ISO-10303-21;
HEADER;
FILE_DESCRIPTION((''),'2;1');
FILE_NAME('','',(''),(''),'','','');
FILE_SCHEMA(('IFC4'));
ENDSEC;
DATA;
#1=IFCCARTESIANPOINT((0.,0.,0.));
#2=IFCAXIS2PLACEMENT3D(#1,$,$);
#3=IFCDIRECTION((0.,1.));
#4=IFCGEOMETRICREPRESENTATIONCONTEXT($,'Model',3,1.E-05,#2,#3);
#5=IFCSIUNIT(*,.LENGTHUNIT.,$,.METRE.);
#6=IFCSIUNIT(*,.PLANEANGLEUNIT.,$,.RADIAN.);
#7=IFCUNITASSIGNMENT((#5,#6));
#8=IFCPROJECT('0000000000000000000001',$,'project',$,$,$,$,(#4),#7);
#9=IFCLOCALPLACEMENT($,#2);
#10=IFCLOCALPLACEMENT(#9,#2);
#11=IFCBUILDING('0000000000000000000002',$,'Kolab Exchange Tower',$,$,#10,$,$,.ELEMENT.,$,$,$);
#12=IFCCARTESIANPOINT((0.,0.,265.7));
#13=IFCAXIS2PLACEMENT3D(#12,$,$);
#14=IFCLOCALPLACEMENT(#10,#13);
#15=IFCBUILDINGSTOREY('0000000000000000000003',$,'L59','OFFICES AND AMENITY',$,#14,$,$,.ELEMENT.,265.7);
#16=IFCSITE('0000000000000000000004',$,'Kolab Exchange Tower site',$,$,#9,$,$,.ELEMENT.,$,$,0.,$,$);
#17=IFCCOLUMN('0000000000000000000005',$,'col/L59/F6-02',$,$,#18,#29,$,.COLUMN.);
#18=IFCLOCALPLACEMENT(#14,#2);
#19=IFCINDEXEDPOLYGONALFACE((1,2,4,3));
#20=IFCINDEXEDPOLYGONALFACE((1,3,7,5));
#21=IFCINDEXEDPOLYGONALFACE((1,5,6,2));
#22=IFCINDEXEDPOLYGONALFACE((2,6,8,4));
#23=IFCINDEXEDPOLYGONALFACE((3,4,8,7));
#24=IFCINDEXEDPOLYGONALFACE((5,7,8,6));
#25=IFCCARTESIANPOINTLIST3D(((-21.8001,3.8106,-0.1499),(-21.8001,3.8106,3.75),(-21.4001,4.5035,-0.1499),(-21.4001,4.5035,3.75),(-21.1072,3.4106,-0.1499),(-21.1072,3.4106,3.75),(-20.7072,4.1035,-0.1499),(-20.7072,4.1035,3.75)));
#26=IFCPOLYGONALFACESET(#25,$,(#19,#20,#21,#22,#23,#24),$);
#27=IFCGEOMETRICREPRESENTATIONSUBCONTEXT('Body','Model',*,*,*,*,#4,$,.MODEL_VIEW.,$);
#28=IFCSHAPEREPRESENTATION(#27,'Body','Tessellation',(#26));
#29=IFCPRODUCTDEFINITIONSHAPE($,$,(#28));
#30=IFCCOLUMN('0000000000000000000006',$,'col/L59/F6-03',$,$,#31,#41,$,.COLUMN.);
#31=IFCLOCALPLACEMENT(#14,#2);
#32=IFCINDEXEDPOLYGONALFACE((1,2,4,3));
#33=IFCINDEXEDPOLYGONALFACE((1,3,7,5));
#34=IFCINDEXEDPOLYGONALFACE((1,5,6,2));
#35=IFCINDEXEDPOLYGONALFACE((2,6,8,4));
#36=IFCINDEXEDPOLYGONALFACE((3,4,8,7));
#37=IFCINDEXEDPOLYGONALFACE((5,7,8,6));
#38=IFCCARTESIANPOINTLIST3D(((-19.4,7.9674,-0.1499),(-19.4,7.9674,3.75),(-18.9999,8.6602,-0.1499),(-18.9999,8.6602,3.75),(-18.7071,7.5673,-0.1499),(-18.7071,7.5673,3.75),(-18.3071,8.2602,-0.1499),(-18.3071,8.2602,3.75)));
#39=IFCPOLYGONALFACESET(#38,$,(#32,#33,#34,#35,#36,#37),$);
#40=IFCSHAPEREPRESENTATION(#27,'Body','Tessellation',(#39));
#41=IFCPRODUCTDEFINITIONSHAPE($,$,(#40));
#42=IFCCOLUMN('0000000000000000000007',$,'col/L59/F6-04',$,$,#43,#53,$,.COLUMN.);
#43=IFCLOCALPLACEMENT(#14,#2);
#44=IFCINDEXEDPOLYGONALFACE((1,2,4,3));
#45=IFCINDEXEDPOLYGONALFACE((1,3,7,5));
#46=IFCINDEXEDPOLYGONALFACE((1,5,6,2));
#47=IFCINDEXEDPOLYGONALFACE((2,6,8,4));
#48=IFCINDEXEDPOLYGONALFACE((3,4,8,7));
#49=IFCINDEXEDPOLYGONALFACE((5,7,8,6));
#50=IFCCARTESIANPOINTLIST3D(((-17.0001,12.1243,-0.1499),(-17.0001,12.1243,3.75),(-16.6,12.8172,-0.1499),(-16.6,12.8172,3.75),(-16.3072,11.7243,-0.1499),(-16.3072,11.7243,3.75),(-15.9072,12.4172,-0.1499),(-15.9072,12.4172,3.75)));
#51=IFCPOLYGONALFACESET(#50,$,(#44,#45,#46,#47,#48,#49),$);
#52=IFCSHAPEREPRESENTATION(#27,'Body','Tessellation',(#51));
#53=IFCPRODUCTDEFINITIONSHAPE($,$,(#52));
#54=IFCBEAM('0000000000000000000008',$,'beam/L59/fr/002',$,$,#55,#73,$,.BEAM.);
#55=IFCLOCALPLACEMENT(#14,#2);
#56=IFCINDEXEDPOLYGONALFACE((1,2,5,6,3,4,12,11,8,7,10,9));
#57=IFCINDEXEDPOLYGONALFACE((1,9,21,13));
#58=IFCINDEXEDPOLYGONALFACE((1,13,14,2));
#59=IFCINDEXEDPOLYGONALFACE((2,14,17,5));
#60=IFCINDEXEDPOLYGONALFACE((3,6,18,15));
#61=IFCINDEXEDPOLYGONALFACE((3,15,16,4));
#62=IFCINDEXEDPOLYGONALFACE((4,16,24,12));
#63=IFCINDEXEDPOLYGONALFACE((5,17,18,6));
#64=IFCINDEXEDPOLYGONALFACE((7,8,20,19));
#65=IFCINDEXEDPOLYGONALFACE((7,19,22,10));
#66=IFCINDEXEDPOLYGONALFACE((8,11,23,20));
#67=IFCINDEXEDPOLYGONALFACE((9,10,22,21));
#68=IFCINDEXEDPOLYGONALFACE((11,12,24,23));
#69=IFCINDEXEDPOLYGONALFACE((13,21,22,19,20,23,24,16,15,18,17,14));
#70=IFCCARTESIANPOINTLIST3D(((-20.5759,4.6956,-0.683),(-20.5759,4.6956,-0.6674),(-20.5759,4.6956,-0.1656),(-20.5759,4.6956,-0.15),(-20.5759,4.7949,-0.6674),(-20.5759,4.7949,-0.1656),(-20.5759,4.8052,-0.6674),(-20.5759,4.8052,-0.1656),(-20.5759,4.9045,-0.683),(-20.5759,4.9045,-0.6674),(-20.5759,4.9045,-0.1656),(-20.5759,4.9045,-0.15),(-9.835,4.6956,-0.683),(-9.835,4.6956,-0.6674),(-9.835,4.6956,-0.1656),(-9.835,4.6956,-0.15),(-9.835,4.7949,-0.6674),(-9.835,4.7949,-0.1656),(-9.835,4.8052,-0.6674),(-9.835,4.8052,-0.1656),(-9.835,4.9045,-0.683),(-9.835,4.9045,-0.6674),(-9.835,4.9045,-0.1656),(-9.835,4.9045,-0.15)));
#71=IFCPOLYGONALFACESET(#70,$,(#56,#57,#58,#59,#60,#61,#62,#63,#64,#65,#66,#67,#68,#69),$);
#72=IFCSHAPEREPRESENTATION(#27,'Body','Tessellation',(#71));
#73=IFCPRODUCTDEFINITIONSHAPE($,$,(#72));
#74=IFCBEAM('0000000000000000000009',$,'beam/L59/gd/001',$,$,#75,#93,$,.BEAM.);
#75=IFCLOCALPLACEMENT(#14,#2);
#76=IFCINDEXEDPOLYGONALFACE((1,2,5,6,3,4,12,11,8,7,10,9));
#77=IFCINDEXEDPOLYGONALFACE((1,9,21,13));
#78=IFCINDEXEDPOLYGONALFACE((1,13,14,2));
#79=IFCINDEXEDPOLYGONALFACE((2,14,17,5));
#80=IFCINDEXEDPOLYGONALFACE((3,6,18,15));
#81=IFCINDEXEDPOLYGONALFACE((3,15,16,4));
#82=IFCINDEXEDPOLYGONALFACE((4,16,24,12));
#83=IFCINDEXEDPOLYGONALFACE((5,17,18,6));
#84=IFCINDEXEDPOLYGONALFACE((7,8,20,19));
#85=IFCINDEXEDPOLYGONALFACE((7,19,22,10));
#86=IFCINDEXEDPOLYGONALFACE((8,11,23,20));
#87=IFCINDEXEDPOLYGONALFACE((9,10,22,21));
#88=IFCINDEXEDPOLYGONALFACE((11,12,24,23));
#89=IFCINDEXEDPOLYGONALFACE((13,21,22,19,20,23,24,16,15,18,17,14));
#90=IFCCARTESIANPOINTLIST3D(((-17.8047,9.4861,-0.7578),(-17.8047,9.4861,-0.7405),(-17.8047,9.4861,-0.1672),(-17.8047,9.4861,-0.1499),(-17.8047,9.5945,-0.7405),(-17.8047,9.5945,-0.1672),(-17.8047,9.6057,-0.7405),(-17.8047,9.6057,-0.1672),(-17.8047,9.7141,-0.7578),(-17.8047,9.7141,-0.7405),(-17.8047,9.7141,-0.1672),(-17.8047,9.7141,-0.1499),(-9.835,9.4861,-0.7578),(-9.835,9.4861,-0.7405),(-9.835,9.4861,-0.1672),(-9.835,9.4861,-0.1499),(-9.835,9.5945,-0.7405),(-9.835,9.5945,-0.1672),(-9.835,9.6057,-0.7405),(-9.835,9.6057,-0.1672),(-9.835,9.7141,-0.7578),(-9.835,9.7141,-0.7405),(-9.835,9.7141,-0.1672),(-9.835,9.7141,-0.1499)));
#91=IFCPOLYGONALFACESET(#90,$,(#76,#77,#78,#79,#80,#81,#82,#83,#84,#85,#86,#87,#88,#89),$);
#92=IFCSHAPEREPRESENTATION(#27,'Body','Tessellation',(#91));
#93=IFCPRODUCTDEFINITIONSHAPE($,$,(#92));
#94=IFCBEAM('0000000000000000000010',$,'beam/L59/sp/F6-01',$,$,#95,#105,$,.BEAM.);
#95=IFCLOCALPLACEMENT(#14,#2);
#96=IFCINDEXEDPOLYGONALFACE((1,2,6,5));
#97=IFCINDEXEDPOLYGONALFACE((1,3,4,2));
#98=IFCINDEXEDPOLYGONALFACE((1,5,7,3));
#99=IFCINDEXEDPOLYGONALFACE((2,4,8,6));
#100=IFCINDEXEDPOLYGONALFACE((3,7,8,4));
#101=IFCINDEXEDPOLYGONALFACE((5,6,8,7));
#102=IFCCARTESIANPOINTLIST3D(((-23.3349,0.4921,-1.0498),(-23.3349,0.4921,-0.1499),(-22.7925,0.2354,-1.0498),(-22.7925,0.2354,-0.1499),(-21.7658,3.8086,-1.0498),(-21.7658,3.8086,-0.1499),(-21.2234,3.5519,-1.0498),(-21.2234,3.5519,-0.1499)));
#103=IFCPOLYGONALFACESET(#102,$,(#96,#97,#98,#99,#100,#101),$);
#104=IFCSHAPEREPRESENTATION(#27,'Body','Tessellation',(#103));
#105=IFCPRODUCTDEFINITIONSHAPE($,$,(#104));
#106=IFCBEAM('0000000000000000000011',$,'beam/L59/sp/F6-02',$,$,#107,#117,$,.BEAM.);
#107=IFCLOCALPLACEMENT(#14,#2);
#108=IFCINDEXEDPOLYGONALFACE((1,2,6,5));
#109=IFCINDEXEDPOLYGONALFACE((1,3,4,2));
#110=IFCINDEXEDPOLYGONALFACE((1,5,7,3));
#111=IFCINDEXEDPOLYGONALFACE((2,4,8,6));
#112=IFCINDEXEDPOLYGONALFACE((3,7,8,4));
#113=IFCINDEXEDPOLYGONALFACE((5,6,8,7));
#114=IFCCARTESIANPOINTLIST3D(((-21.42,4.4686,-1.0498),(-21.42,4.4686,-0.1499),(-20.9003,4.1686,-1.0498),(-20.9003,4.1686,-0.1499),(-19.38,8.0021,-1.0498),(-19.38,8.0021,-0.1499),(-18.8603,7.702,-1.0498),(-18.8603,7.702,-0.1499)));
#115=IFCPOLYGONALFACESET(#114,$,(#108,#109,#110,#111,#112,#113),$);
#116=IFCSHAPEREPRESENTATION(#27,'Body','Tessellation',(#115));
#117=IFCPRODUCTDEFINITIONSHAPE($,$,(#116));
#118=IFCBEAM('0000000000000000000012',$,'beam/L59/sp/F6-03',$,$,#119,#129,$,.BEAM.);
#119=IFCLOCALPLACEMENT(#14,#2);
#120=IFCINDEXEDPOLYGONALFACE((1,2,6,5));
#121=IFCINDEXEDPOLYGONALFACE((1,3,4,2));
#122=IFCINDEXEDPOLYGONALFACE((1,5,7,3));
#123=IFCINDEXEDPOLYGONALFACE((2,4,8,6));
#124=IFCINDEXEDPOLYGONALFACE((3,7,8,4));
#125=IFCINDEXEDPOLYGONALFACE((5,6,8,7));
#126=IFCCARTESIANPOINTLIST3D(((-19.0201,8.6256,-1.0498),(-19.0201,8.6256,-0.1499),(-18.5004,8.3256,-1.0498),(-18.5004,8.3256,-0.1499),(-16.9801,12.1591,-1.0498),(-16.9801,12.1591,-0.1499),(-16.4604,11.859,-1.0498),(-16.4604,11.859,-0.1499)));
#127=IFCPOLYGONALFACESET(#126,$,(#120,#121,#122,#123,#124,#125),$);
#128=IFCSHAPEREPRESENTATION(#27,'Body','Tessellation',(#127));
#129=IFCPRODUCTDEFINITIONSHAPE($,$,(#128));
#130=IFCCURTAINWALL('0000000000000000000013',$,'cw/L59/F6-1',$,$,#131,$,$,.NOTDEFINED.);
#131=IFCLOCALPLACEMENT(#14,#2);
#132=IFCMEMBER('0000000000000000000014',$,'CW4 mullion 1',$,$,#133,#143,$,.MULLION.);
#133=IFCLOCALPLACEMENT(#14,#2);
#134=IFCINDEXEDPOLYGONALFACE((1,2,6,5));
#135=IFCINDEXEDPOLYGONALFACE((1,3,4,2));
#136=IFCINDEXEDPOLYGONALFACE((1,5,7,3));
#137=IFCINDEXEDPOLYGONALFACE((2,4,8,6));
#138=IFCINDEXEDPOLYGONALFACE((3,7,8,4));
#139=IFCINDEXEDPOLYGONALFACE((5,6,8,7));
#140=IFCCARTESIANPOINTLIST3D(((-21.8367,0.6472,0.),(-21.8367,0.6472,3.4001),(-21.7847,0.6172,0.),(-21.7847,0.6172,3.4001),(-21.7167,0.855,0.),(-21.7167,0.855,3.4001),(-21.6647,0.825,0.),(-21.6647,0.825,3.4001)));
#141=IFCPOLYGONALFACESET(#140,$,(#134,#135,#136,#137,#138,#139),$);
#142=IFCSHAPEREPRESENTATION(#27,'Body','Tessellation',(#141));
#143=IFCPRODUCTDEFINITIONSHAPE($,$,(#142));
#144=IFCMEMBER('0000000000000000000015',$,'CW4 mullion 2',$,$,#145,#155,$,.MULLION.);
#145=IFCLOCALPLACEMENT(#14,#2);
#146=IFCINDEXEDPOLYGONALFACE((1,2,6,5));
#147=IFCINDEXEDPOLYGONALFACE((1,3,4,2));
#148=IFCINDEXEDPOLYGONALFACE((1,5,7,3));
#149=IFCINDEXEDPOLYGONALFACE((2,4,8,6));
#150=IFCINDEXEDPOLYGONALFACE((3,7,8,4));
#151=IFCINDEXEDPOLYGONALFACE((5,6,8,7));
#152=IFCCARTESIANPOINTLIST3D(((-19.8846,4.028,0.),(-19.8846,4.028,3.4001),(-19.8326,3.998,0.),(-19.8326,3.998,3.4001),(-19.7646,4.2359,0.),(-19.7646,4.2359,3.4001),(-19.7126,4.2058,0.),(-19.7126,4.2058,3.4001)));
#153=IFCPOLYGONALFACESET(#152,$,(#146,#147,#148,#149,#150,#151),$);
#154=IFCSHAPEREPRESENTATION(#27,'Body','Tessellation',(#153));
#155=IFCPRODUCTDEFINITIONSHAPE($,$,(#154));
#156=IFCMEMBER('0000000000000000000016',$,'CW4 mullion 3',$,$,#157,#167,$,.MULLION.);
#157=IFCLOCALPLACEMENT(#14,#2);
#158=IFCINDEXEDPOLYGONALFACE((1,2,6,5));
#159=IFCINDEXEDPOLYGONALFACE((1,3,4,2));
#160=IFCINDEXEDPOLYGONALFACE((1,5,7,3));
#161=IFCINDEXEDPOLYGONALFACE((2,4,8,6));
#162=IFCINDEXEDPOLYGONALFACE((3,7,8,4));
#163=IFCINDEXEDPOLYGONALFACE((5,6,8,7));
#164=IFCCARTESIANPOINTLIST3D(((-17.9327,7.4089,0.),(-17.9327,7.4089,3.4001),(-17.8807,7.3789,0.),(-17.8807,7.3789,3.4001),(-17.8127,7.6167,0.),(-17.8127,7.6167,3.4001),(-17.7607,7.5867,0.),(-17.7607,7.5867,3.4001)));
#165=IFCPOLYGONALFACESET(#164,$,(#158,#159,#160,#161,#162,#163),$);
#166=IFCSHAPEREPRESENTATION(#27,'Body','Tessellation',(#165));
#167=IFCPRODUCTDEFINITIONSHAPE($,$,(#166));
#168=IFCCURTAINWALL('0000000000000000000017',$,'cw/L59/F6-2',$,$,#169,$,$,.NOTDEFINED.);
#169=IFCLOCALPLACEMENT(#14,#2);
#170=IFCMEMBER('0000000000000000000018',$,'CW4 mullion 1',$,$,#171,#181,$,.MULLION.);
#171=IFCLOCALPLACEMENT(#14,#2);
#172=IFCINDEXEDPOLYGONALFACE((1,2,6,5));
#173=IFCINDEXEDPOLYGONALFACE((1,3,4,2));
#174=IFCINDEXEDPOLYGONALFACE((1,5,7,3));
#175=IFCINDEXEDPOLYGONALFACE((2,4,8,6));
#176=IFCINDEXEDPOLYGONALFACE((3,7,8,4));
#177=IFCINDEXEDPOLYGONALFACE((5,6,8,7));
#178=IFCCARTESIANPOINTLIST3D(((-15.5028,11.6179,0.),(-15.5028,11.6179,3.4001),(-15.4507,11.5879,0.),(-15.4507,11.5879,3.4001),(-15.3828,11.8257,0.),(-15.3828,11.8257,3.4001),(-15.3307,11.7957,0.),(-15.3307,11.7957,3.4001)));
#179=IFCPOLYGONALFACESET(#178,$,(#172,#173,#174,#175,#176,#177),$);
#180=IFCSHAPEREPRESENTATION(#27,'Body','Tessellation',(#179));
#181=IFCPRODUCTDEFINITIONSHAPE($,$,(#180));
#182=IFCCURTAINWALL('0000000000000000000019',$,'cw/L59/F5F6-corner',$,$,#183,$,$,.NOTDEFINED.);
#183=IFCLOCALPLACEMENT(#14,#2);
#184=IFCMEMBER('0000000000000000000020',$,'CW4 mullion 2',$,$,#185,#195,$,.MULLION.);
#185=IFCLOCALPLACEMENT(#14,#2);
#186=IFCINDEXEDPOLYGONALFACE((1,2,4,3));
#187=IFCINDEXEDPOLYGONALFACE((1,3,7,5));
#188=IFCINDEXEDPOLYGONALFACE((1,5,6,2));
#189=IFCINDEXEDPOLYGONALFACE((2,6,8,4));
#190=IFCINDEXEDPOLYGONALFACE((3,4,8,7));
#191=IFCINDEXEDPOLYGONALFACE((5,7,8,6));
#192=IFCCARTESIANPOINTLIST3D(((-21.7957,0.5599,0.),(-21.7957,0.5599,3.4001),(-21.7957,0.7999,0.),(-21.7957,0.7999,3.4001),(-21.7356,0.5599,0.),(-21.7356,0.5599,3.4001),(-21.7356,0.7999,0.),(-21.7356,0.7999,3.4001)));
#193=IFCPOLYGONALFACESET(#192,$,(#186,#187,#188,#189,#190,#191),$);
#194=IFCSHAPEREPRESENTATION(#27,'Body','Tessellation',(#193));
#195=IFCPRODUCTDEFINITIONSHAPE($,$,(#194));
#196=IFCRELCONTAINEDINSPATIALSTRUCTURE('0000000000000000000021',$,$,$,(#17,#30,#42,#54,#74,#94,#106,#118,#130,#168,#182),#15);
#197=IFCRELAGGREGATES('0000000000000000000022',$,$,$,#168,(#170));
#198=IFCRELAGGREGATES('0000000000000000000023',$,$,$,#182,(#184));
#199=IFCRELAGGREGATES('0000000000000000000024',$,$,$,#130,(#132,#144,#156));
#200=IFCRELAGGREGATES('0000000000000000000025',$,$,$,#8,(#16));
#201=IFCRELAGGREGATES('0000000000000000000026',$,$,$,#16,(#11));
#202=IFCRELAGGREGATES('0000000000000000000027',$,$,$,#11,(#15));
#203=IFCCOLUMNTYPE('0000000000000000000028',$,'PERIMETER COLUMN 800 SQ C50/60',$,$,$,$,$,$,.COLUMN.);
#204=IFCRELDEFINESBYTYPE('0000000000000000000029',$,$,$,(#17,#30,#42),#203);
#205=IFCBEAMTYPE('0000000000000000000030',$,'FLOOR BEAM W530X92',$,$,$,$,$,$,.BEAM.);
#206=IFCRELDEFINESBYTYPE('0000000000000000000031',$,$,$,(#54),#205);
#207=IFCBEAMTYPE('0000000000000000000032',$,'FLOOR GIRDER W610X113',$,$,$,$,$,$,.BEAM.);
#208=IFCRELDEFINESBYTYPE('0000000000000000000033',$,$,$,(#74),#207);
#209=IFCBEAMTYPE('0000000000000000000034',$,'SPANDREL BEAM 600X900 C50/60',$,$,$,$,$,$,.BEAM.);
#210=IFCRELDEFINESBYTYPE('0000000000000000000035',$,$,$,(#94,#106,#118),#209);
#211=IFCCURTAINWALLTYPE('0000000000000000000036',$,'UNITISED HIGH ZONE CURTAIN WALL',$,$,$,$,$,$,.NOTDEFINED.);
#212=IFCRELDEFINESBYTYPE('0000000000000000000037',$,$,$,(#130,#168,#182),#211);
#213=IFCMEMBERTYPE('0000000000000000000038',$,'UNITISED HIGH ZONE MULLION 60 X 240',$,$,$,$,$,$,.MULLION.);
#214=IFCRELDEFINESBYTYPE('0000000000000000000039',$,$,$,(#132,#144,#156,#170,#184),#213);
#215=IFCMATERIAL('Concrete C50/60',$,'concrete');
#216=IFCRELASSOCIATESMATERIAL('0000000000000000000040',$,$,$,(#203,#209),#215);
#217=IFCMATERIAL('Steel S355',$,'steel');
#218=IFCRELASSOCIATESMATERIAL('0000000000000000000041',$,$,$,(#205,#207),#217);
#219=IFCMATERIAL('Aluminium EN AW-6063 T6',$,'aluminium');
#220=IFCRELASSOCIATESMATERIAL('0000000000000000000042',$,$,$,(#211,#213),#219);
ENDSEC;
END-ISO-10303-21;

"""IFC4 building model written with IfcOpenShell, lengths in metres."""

from ifc_helpers import new_model, si_unit, direction, frame, origin, origin_2d, place, context, subcontext, project, spatial, rectangle, i_section, extrude, material, material_profile, profile_set, type_object, element, aggregate, save


model = new_model("IFC4")

# Units and contexts
model_context = context("Model", 3, precision=1e-05, world=origin(), true_north=direction((0.0, 1.0)))
body_context = subcontext(model_context, "Body", "Model", "MODEL_VIEW")
ifc_project = project(units=[si_unit("LENGTHUNIT", "METRE"), si_unit("PLANEANGLEUNIT", "RADIAN")], contexts=[model_context])

# Site, building, storey
site_placement = place(None, origin())
site = spatial("IfcSite", under=ifc_project, at=site_placement, Name="Kolab Exchange Tower site", CompositionType="ELEMENT", RefElevation=0.0)
building_placement = place(site_placement, origin())
building = spatial("IfcBuilding", under=site, at=building_placement, Name="Kolab Exchange Tower", CompositionType="ELEMENT")
storey_placement = place(building_placement, frame((0.0, 0.0, 265.7)))
storey = spatial("IfcBuildingStorey", under=building, at=storey_placement, Name="L59", Description="OFFICES AND AMENITY", CompositionType="ELEMENT", Elevation=265.7)

# Columns
ifc_material_1 = material(Name="Concrete C50/60", Category="concrete")
ifc_material_profile_1 = material_profile(ifc_material_1, rectangle(XDim=0.8, YDim=0.8, at=origin_2d()), Name="RC800")
ifc_profile_set_1 = profile_set([ifc_material_profile_1], Name="Concrete C50/60")
column_type = type_object("IfcColumnType", Name="PERIMETER COLUMN 800 SQ C50/60", PredefinedType="COLUMN", material=ifc_profile_set_1)
for number, where, z_axis, x_axis, name in (
    (1, (-21.2537, 3.957, -0.1499), (0.0, 0.0, 1.0), (0.5, 0.866025, 0.0), "col/L59/F6-02"),
    (2, (-18.8535, 8.1138, -0.1499), (0.0, 0.0, 1.0), (0.5, 0.866025, 0.0), "col/L59/F6-03"),
    (3, (-16.4536, 12.2708, -0.1499), (0.0, 0.0, 1.0), (0.5, 0.866025, 0.0), "col/L59/F6-04"),
):
    element("IfcColumn", number, at=place(storey_placement, frame(where, z_axis=z_axis, x_axis=x_axis)), inside=storey, type_object=column_type, Name=name, PredefinedType="COLUMN", context=body_context, shape_type="SweptSolid", body=[
        extrude(rectangle(XDim=0.8, YDim=0.8, at=origin_2d()), origin(), (0.0, 0.0, 1.0), 3.8999),
    ])

# Beams
ifc_material_2 = material(Name="Steel S355", Category="steel")
ifc_material_profile_2 = material_profile(ifc_material_2, i_section(OverallWidth=0.209, OverallDepth=0.533, WebThickness=0.0103, FlangeThickness=0.0156, at=origin_2d()), Name="W530X92")
ifc_profile_set_2 = profile_set([ifc_material_profile_2], Name="Steel S355")
beam_type_1 = type_object("IfcBeamType", Name="FLOOR BEAM W530X92", PredefinedType="BEAM", material=ifc_profile_set_2)
beam_1_placement = place(storey_placement, frame((-20.5759, 4.8, -0.4165), z_axis=(1.0, 0.0, 0.0), x_axis=(0.0, 1.0, 0.0)))
element("IfcBeam", 4, at=beam_1_placement, inside=storey, type_object=beam_type_1, Name="beam/L59/fr/002", PredefinedType="BEAM", context=body_context, shape_type="SweptSolid", body=[
    extrude(i_section(OverallWidth=0.209, OverallDepth=0.533, WebThickness=0.0103, FlangeThickness=0.0156, at=origin_2d()), origin(), (0.0, 0.0, 1.0), 10.741),
])
ifc_material_profile_3 = material_profile(ifc_material_2, i_section(OverallWidth=0.228, OverallDepth=0.6079, WebThickness=0.0112, FlangeThickness=0.0173, at=origin_2d()), Name="W610X113")
ifc_profile_set_3 = profile_set([ifc_material_profile_3], Name="Steel S355")
beam_type_2 = type_object("IfcBeamType", Name="FLOOR GIRDER W610X113", PredefinedType="BEAM", material=ifc_profile_set_3)
beam_2_placement = place(storey_placement, frame((-17.8047, 9.6001, -0.4539), z_axis=(1.0, 0.0, 0.0), x_axis=(0.0, 1.0, 0.0)))
element("IfcBeam", 5, at=beam_2_placement, inside=storey, type_object=beam_type_2, Name="beam/L59/gd/001", PredefinedType="BEAM", context=body_context, shape_type="SweptSolid", body=[
    extrude(i_section(OverallWidth=0.228, OverallDepth=0.6079, WebThickness=0.0112, FlangeThickness=0.0173, at=origin_2d()), origin(), (0.0, 0.0, 1.0), 7.9697),
])
ifc_material_profile_4 = material_profile(ifc_material_1, rectangle(XDim=0.6001, YDim=0.8999, at=origin_2d()), Name="RC600X900")
ifc_profile_set_4 = profile_set([ifc_material_profile_4], Name="Concrete C50/60")
beam_type_3 = type_object("IfcBeamType", Name="SPANDREL BEAM 600X900 C50/60", PredefinedType="BEAM", material=ifc_profile_set_4)
beam_3_placement = place(storey_placement, frame((-23.0637, 0.3638, -0.5999), z_axis=(0.427677, 0.903932, 0.0), x_axis=(-0.903932, 0.427677, 0.0)))
element("IfcBeam", 6, at=beam_3_placement, inside=storey, type_object=beam_type_3, Name="beam/L59/sp/F6-01", PredefinedType="BEAM", context=body_context, shape_type="SweptSolid", body=[
    extrude(rectangle(XDim=0.6001, YDim=0.8999, at=origin_2d()), origin(), (0.0, 0.0, 1.0), 3.6689),
])
for number, where, z_axis, x_axis, name in (
    (7, (-21.1602, 4.3186, -0.5999), (0.5, 0.866025, 0.0), (-0.866025, 0.5, 0.0), "beam/L59/sp/F6-02"),
    (8, (-18.7603, 8.4756, -0.5999), (0.5, 0.866025, 0.0), (-0.866025, 0.5, 0.0), "beam/L59/sp/F6-03"),
):
    element("IfcBeam", number, at=place(storey_placement, frame(where, z_axis=z_axis, x_axis=x_axis)), inside=storey, type_object=beam_type_3, Name=name, PredefinedType="BEAM", context=body_context, shape_type="SweptSolid", body=[
        extrude(rectangle(XDim=0.6001, YDim=0.8999, at=origin_2d()), origin(), (0.0, 0.0, 1.0), 4.0801),
    ])

# Curtain wall, members
ifc_material_3 = material(Name="Aluminium EN AW-6063 T6", Category="aluminium")
curtain_wall_type = type_object("IfcCurtainWallType", Name="UNITISED HIGH ZONE CURTAIN WALL", PredefinedType="NOTDEFINED", material=ifc_material_3)
curtain_wall_1_placement = place(storey_placement, origin())
curtain_wall_1 = element("IfcCurtainWall", 9, at=curtain_wall_1_placement, inside=storey, type_object=curtain_wall_type, Name="cw/L59/F6-1", PredefinedType="NOTDEFINED")
ifc_material_profile_5 = material_profile(ifc_material_3, rectangle(XDim=0.0601, YDim=0.24, at=origin_2d()), Name="RECT 60X240")
ifc_profile_set_5 = profile_set([ifc_material_profile_5], Name="Aluminium EN AW-6063 T6")
member_type_1 = type_object("IfcMemberType", Name="UNITISED HIGH ZONE MULLION 60 X 240", PredefinedType="MULLION", material=ifc_profile_set_5)
member_1_placement = place(storey_placement, frame((-21.7507, 0.7361, 0.0), z_axis=(0.0, 0.0, 1.0), x_axis=(-0.866025, 0.5, 0.0)))
member_1 = element("IfcMember", 10, at=member_1_placement, type_object=member_type_1, Name="CW4 mullion 1", PredefinedType="MULLION", context=body_context, shape_type="SweptSolid", body=[
    extrude(rectangle(XDim=0.0601, YDim=0.24, at=origin_2d()), origin(), (0.0, 0.0, 1.0), 3.4001),
])
member_2_placement = place(storey_placement, frame((-19.7986, 4.1169, 0.0), z_axis=(0.0, 0.0, 1.0), x_axis=(-0.866025, 0.5, 0.0)))
member_2 = element("IfcMember", 11, at=member_2_placement, type_object=member_type_1, Name="CW4 mullion 2", PredefinedType="MULLION", context=body_context, shape_type="SweptSolid", body=[
    extrude(rectangle(XDim=0.0601, YDim=0.24, at=origin_2d()), origin(), (0.0, 0.0, 1.0), 3.4001),
])
member_3_placement = place(storey_placement, frame((-17.8467, 7.4978, 0.0), z_axis=(0.0, 0.0, 1.0), x_axis=(-0.866025, 0.5, 0.0)))
member_3 = element("IfcMember", 12, at=member_3_placement, type_object=member_type_1, Name="CW4 mullion 3", PredefinedType="MULLION", context=body_context, shape_type="SweptSolid", body=[
    extrude(rectangle(XDim=0.0601, YDim=0.24, at=origin_2d()), origin(), (0.0, 0.0, 1.0), 3.4001),
])

# Curtain walls, members
curtain_wall_2_placement = place(storey_placement, origin())
curtain_wall_2 = element("IfcCurtainWall", 13, at=curtain_wall_2_placement, inside=storey, type_object=curtain_wall_type, Name="cw/L59/F6-2", PredefinedType="NOTDEFINED")
member_4_placement = place(storey_placement, frame((-15.4167, 11.7068, 0.0), z_axis=(0.0, 0.0, 1.0), x_axis=(-0.866025, 0.5, 0.0)))
member_4 = element("IfcMember", 14, at=member_4_placement, type_object=member_type_1, Name="CW4 mullion 1", PredefinedType="MULLION", context=body_context, shape_type="SweptSolid", body=[
    extrude(rectangle(XDim=0.0601, YDim=0.24, at=origin_2d()), origin(), (0.0, 0.0, 1.0), 3.4001),
])
aggregate(curtain_wall_2, [member_4])
curtain_wall_3_placement = place(storey_placement, origin())
curtain_wall_3 = element("IfcCurtainWall", 15, at=curtain_wall_3_placement, inside=storey, type_object=curtain_wall_type, Name="cw/L59/F5F6-corner", PredefinedType="NOTDEFINED")
member_5_placement = place(storey_placement, frame((-21.7656, 0.6799, 0.0), z_axis=(0.0, 0.0, 1.0), x_axis=(-1.0, 0.0, 0.0)))
member_5 = element("IfcMember", 16, at=member_5_placement, type_object=member_type_1, Name="CW4 mullion 2", PredefinedType="MULLION", context=body_context, shape_type="SweptSolid", body=[
    extrude(rectangle(XDim=0.0601, YDim=0.24, at=origin_2d()), origin(), (0.0, 0.0, 1.0), 3.4001),
])
aggregate(curtain_wall_3, [member_5])

aggregate(curtain_wall_1, [member_1, member_2, member_3])

save(model, "model.ifc")
